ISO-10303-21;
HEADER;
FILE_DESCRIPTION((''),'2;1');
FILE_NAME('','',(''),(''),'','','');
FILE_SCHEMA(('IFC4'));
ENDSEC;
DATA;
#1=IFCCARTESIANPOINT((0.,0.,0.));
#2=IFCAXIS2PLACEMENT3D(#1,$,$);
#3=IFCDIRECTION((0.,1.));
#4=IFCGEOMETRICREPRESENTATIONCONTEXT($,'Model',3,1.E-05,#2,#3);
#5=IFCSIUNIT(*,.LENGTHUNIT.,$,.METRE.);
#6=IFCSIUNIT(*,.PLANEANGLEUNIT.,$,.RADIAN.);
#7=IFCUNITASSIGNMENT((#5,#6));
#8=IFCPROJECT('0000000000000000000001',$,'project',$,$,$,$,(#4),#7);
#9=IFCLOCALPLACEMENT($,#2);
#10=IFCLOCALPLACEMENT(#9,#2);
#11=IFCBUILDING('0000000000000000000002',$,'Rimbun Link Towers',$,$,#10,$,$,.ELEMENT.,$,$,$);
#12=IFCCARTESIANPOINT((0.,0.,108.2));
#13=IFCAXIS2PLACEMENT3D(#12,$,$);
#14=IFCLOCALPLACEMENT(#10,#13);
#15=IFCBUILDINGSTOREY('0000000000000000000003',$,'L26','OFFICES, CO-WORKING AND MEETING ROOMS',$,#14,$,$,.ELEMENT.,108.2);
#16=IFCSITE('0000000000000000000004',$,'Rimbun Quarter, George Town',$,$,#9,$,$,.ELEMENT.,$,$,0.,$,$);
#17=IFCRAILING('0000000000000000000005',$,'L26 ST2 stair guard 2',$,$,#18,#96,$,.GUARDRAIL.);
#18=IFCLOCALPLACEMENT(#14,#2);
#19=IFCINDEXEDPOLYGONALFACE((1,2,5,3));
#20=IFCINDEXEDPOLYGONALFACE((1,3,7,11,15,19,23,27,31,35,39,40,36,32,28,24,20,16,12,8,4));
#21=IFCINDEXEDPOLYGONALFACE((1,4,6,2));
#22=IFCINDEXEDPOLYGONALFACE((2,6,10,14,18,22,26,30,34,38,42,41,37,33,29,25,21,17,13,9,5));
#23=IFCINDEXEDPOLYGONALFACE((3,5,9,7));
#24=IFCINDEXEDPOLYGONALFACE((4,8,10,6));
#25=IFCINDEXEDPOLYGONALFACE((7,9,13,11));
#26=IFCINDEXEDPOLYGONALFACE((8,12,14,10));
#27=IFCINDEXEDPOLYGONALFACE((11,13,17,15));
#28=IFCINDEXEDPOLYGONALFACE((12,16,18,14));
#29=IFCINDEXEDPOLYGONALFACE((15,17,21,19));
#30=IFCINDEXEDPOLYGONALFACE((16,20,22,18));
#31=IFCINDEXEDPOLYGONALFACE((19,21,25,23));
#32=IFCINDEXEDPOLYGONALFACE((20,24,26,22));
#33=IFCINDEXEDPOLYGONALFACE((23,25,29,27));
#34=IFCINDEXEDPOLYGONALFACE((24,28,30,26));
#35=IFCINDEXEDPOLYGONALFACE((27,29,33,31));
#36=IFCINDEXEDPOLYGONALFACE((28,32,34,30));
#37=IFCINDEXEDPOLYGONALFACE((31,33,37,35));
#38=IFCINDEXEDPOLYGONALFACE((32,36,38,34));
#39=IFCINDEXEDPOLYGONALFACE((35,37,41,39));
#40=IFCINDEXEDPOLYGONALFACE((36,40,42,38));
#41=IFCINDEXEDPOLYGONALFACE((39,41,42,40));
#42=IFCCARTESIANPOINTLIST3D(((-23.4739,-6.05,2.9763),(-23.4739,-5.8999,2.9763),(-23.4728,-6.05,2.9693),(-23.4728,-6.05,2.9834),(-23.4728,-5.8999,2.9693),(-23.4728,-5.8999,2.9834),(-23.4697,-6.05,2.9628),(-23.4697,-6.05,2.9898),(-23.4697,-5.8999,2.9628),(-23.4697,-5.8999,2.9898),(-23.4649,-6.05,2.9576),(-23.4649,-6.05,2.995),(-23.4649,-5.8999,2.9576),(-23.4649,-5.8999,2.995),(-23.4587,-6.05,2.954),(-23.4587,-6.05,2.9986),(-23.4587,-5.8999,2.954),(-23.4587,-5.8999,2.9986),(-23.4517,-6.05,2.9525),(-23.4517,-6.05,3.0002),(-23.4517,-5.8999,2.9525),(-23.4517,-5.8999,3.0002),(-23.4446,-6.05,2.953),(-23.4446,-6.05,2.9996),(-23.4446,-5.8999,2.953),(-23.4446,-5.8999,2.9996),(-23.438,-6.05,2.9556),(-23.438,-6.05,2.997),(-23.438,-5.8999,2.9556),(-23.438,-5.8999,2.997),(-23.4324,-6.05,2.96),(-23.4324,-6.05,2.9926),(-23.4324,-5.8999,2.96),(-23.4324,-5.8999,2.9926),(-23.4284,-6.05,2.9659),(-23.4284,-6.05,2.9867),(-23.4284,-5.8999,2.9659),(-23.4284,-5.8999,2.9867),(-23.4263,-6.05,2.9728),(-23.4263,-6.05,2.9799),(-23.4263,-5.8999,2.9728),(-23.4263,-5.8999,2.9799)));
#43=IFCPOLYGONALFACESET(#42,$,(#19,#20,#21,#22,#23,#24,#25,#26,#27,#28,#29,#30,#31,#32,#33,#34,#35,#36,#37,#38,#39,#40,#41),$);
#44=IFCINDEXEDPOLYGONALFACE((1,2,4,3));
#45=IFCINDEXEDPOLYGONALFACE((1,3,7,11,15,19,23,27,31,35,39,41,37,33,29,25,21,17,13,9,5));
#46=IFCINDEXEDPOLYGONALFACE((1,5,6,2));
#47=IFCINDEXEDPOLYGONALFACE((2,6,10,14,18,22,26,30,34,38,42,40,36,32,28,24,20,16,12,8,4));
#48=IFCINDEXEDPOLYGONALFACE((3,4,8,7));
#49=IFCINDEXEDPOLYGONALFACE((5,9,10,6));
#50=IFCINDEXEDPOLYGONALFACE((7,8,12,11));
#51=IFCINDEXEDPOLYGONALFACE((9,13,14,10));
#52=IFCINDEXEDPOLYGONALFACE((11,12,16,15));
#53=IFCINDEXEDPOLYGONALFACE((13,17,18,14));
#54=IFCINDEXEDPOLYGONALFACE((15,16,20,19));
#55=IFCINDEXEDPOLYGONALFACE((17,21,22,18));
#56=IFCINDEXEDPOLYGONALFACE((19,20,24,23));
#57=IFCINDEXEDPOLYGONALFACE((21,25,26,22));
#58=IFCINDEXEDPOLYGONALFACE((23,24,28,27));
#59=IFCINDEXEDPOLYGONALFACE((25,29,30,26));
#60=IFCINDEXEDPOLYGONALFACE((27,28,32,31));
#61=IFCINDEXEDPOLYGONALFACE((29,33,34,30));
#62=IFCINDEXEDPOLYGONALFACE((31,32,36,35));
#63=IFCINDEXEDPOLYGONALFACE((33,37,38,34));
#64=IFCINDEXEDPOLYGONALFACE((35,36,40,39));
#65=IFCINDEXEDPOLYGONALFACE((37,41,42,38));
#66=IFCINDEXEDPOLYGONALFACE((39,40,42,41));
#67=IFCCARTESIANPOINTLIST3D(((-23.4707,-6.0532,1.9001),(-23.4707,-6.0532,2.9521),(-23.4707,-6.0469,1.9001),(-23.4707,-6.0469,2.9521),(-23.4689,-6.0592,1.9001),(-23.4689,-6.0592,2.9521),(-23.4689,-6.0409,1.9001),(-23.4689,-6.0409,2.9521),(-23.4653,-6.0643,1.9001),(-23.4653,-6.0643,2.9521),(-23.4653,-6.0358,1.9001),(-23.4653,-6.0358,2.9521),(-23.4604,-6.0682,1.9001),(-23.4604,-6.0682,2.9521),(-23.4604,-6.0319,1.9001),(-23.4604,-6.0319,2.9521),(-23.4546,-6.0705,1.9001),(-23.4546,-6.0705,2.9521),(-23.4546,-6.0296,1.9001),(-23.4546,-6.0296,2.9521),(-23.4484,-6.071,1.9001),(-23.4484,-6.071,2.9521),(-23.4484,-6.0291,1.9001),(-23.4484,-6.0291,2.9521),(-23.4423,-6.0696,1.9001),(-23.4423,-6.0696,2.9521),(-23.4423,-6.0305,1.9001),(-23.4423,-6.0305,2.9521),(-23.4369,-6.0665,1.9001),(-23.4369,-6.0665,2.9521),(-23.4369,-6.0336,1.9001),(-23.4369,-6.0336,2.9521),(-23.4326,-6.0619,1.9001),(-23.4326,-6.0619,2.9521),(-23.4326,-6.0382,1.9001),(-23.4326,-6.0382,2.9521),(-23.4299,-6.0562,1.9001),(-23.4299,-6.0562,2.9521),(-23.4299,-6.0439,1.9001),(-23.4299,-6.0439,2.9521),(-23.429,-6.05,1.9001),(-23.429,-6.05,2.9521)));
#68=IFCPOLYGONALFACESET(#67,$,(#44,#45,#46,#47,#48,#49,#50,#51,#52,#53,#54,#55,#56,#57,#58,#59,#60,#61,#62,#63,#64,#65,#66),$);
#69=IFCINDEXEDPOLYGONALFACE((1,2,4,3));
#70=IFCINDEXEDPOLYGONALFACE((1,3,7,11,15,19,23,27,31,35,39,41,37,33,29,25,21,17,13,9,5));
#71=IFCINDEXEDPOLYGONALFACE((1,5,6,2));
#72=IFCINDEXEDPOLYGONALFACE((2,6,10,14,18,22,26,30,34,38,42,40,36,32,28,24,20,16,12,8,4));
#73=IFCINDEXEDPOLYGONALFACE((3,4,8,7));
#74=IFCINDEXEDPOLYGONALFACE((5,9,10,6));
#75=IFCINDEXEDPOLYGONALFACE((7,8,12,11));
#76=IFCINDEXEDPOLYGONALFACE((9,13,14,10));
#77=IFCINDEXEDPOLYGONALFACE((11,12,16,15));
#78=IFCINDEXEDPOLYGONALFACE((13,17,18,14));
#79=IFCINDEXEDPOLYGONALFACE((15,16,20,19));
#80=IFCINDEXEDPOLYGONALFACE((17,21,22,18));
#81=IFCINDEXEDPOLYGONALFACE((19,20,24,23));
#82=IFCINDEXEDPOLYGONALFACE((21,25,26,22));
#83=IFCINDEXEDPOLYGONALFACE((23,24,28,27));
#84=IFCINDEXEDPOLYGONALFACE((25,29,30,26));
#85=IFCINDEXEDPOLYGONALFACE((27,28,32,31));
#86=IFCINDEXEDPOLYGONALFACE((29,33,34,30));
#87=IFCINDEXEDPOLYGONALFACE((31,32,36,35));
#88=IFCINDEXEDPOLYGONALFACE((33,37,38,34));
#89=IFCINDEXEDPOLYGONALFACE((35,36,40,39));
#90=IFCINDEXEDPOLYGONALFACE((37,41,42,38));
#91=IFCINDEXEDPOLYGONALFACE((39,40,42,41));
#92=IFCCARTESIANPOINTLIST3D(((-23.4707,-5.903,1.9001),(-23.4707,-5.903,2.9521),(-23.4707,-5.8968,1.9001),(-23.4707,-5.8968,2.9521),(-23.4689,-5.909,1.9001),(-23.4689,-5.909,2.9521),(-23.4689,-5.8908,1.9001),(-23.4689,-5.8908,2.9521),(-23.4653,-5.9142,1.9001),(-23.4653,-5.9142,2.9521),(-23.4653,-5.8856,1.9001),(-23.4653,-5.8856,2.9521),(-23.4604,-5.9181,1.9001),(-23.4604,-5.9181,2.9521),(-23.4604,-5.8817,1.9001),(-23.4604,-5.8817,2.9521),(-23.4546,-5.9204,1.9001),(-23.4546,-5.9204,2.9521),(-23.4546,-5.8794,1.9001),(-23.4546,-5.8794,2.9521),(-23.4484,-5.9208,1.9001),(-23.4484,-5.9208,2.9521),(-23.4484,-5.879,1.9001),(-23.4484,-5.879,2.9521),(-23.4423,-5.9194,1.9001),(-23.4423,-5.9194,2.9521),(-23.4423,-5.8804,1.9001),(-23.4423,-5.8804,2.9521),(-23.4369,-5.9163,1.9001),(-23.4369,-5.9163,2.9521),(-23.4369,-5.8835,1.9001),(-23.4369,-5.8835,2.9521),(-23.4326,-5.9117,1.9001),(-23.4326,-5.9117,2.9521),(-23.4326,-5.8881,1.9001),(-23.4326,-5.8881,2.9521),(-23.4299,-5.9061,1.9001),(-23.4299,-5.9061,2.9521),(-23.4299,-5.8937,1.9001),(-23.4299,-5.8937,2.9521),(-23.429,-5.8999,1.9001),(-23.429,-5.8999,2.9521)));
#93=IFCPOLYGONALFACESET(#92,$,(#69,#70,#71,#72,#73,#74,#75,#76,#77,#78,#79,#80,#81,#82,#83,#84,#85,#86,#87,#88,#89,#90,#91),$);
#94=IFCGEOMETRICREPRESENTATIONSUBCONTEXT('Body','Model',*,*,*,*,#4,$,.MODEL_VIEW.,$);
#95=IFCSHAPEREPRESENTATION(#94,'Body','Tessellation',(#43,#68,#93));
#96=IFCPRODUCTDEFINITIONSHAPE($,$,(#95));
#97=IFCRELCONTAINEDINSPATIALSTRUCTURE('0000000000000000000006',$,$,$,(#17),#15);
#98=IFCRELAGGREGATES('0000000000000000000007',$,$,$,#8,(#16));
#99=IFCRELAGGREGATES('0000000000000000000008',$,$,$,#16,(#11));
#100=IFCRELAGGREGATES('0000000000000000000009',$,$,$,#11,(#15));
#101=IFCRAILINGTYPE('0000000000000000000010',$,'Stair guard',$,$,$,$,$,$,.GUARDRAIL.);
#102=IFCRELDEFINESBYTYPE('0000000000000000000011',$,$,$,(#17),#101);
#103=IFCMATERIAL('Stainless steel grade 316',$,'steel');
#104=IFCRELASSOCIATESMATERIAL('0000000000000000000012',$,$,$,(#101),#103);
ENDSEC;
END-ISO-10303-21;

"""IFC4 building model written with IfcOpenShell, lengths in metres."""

from ifc_helpers import new_model, si_unit, direction, frame, origin, origin_2d, place, context, subcontext, project, spatial, circle, extrude, material, type_object, element, save


model = new_model("IFC4")

# Units and contexts
model_context = context("Model", 3, precision=1e-05, world=origin(), true_north=direction((0.0, 1.0)))
body_context = subcontext(model_context, "Body", "Model", "MODEL_VIEW")
ifc_project = project(units=[si_unit("LENGTHUNIT", "METRE"), si_unit("PLANEANGLEUNIT", "RADIAN")], contexts=[model_context])

# Site, building, storey
site_placement = place(None, origin())
site = spatial("IfcSite", under=ifc_project, at=site_placement, Name="Rimbun Quarter, George Town", CompositionType="ELEMENT", RefElevation=0.0)
building_placement = place(site_placement, origin())
building = spatial("IfcBuilding", under=site, at=building_placement, Name="Rimbun Link Towers", CompositionType="ELEMENT")
storey_placement = place(building_placement, frame((0.0, 0.0, 108.2)))
storey = spatial("IfcBuildingStorey", under=building, at=storey_placement, Name="L26", Description="OFFICES, CO-WORKING AND MEETING ROOMS", CompositionType="ELEMENT", Elevation=108.2)

# Railing
ifc_material_1 = material(Name="Stainless steel grade 316", Category="steel")
railing_type_1 = type_object("IfcRailingType", Name="Stair guard", PredefinedType="GUARDRAIL", material=ifc_material_1)
railing_1_placement = place(storey_placement, frame((-23.45, -6.05, 1.9001)))
element("IfcRailing", 1, at=railing_1_placement, inside=storey, type_object=railing_type_1, Name="L26 ST2 stair guard 2", PredefinedType="GUARDRAIL", context=body_context, shape_type="SweptSolid", body=[
    extrude(circle(Radius=0.0239, at=origin_2d()), frame((0.0, 0.0, 1.0762), z_axis=(0.0, 1.0, 0.0), x_axis=(-1.0, 0.0, 0.0)), (0.0, 0.0, 1.0), 0.1501),
    extrude(circle(Radius=0.021, at=origin_2d()), origin(), (0.0, 0.0, 1.0), 1.052),
    extrude(circle(Radius=0.021, at=origin_2d()), frame((0.0, 0.1501, 0.0)), (0.0, 0.0, 1.0), 1.052),
])

save(model, "model.ifc")
